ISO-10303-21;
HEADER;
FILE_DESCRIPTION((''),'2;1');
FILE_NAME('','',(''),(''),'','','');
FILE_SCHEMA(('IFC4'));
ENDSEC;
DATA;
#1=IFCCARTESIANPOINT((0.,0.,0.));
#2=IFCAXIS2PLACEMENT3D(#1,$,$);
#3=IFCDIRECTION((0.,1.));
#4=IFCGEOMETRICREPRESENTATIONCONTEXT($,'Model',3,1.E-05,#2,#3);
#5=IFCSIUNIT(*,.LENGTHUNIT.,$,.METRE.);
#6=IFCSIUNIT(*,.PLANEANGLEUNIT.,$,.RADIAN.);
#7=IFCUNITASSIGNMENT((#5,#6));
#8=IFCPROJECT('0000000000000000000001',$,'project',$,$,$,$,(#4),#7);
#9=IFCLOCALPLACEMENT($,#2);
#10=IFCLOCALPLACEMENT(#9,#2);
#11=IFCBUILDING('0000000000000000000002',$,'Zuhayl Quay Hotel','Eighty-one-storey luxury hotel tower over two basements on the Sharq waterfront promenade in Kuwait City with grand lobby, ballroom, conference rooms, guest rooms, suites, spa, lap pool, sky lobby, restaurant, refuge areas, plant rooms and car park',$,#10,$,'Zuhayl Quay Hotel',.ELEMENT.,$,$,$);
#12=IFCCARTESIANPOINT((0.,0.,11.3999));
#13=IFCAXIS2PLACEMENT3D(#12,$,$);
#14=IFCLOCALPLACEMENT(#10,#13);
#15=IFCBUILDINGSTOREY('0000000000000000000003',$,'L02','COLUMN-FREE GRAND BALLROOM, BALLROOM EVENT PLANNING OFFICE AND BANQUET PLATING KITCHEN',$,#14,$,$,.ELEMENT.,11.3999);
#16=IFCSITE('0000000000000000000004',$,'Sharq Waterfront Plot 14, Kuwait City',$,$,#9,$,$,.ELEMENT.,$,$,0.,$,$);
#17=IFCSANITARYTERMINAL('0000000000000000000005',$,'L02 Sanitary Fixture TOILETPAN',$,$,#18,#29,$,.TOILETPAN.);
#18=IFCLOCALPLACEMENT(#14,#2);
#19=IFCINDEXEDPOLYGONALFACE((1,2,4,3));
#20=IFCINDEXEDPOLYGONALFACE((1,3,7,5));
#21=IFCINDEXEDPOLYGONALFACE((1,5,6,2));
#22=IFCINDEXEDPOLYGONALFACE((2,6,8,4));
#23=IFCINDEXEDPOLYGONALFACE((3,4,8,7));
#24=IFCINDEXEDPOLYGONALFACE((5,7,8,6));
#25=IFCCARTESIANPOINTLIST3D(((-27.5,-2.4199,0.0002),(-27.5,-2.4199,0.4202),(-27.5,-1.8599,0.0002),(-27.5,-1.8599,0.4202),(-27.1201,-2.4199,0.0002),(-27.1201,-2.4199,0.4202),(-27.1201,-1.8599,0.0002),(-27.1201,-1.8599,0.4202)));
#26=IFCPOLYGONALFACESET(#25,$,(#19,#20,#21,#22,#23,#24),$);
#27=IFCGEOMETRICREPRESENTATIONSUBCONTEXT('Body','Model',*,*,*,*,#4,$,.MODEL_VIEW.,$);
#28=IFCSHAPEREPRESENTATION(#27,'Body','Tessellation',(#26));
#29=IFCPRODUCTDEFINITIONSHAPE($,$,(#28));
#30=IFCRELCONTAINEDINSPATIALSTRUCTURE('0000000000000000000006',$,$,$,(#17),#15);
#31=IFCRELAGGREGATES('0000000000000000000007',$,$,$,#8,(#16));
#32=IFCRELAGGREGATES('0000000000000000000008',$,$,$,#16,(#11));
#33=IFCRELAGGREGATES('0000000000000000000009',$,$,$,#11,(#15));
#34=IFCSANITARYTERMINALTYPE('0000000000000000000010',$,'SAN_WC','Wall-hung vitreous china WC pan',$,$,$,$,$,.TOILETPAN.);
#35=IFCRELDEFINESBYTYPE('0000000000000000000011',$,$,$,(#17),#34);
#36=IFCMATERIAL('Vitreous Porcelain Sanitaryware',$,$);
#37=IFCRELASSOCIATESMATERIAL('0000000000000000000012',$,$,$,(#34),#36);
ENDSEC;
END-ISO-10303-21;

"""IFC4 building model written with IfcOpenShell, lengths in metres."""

from ifc_helpers import new_model, si_unit, direction, frame, origin, origin_2d, place, context, subcontext, project, spatial, rectangle, extrude, material, type_object, element, save


model = new_model("IFC4")

# Units and contexts
model_context = context("Model", 3, precision=1e-05, world=origin(), true_north=direction((0.0, 1.0)))
body_context = subcontext(model_context, "Body", "Model", "MODEL_VIEW")
ifc_project = project(units=[si_unit("LENGTHUNIT", "METRE"), si_unit("PLANEANGLEUNIT", "RADIAN")], contexts=[model_context])

# Site, building, storey
site_placement = place(None, origin())
site = spatial("IfcSite", under=ifc_project, at=site_placement, Name="Sharq Waterfront Plot 14, Kuwait City", CompositionType="ELEMENT", RefElevation=0.0)
building_placement = place(site_placement, origin())
building = spatial("IfcBuilding", under=site, at=building_placement, Name="Zuhayl Quay Hotel", Description="Eighty-one-storey luxury hotel tower over two basements on the Sharq waterfront promenade in Kuwait City with grand lobby, ballroom, conference rooms, guest rooms, suites, spa, lap pool, sky lobby, restaurant, refuge areas, plant rooms and car park", LongName="Zuhayl Quay Hotel", CompositionType="ELEMENT")
storey_placement = place(building_placement, frame((0.0, 0.0, 11.3999)))
storey = spatial("IfcBuildingStorey", under=building, at=storey_placement, Name="L02", Description="COLUMN-FREE GRAND BALLROOM, BALLROOM EVENT PLANNING OFFICE AND BANQUET PLATING KITCHEN", CompositionType="ELEMENT", Elevation=11.3999)

# Sanitary terminal
ifc_material_1 = material(Name="Vitreous Porcelain Sanitaryware")
sanitary_terminal_type_1 = type_object("IfcSanitaryTerminalType", Name="SAN_WC", Description="Wall-hung vitreous china WC pan", PredefinedType="TOILETPAN", material=ifc_material_1)
sanitary_terminal_1_placement = place(storey_placement, frame((-27.3101, -2.1399, 0.0002), z_axis=(0.0, 0.0, 1.0), x_axis=(1.0, 0.0, 0.0)))
element("IfcSanitaryTerminal", 1, at=sanitary_terminal_1_placement, inside=storey, type_object=sanitary_terminal_type_1, Name="L02 Sanitary Fixture TOILETPAN", PredefinedType="TOILETPAN", context=body_context, shape_type="SweptSolid", body=[
    extrude(rectangle(XDim=0.3799, YDim=0.5601, at=origin_2d()), origin(), (0.0, 0.0, 1.0), 0.4199),
])

save(model, "model.ifc")
